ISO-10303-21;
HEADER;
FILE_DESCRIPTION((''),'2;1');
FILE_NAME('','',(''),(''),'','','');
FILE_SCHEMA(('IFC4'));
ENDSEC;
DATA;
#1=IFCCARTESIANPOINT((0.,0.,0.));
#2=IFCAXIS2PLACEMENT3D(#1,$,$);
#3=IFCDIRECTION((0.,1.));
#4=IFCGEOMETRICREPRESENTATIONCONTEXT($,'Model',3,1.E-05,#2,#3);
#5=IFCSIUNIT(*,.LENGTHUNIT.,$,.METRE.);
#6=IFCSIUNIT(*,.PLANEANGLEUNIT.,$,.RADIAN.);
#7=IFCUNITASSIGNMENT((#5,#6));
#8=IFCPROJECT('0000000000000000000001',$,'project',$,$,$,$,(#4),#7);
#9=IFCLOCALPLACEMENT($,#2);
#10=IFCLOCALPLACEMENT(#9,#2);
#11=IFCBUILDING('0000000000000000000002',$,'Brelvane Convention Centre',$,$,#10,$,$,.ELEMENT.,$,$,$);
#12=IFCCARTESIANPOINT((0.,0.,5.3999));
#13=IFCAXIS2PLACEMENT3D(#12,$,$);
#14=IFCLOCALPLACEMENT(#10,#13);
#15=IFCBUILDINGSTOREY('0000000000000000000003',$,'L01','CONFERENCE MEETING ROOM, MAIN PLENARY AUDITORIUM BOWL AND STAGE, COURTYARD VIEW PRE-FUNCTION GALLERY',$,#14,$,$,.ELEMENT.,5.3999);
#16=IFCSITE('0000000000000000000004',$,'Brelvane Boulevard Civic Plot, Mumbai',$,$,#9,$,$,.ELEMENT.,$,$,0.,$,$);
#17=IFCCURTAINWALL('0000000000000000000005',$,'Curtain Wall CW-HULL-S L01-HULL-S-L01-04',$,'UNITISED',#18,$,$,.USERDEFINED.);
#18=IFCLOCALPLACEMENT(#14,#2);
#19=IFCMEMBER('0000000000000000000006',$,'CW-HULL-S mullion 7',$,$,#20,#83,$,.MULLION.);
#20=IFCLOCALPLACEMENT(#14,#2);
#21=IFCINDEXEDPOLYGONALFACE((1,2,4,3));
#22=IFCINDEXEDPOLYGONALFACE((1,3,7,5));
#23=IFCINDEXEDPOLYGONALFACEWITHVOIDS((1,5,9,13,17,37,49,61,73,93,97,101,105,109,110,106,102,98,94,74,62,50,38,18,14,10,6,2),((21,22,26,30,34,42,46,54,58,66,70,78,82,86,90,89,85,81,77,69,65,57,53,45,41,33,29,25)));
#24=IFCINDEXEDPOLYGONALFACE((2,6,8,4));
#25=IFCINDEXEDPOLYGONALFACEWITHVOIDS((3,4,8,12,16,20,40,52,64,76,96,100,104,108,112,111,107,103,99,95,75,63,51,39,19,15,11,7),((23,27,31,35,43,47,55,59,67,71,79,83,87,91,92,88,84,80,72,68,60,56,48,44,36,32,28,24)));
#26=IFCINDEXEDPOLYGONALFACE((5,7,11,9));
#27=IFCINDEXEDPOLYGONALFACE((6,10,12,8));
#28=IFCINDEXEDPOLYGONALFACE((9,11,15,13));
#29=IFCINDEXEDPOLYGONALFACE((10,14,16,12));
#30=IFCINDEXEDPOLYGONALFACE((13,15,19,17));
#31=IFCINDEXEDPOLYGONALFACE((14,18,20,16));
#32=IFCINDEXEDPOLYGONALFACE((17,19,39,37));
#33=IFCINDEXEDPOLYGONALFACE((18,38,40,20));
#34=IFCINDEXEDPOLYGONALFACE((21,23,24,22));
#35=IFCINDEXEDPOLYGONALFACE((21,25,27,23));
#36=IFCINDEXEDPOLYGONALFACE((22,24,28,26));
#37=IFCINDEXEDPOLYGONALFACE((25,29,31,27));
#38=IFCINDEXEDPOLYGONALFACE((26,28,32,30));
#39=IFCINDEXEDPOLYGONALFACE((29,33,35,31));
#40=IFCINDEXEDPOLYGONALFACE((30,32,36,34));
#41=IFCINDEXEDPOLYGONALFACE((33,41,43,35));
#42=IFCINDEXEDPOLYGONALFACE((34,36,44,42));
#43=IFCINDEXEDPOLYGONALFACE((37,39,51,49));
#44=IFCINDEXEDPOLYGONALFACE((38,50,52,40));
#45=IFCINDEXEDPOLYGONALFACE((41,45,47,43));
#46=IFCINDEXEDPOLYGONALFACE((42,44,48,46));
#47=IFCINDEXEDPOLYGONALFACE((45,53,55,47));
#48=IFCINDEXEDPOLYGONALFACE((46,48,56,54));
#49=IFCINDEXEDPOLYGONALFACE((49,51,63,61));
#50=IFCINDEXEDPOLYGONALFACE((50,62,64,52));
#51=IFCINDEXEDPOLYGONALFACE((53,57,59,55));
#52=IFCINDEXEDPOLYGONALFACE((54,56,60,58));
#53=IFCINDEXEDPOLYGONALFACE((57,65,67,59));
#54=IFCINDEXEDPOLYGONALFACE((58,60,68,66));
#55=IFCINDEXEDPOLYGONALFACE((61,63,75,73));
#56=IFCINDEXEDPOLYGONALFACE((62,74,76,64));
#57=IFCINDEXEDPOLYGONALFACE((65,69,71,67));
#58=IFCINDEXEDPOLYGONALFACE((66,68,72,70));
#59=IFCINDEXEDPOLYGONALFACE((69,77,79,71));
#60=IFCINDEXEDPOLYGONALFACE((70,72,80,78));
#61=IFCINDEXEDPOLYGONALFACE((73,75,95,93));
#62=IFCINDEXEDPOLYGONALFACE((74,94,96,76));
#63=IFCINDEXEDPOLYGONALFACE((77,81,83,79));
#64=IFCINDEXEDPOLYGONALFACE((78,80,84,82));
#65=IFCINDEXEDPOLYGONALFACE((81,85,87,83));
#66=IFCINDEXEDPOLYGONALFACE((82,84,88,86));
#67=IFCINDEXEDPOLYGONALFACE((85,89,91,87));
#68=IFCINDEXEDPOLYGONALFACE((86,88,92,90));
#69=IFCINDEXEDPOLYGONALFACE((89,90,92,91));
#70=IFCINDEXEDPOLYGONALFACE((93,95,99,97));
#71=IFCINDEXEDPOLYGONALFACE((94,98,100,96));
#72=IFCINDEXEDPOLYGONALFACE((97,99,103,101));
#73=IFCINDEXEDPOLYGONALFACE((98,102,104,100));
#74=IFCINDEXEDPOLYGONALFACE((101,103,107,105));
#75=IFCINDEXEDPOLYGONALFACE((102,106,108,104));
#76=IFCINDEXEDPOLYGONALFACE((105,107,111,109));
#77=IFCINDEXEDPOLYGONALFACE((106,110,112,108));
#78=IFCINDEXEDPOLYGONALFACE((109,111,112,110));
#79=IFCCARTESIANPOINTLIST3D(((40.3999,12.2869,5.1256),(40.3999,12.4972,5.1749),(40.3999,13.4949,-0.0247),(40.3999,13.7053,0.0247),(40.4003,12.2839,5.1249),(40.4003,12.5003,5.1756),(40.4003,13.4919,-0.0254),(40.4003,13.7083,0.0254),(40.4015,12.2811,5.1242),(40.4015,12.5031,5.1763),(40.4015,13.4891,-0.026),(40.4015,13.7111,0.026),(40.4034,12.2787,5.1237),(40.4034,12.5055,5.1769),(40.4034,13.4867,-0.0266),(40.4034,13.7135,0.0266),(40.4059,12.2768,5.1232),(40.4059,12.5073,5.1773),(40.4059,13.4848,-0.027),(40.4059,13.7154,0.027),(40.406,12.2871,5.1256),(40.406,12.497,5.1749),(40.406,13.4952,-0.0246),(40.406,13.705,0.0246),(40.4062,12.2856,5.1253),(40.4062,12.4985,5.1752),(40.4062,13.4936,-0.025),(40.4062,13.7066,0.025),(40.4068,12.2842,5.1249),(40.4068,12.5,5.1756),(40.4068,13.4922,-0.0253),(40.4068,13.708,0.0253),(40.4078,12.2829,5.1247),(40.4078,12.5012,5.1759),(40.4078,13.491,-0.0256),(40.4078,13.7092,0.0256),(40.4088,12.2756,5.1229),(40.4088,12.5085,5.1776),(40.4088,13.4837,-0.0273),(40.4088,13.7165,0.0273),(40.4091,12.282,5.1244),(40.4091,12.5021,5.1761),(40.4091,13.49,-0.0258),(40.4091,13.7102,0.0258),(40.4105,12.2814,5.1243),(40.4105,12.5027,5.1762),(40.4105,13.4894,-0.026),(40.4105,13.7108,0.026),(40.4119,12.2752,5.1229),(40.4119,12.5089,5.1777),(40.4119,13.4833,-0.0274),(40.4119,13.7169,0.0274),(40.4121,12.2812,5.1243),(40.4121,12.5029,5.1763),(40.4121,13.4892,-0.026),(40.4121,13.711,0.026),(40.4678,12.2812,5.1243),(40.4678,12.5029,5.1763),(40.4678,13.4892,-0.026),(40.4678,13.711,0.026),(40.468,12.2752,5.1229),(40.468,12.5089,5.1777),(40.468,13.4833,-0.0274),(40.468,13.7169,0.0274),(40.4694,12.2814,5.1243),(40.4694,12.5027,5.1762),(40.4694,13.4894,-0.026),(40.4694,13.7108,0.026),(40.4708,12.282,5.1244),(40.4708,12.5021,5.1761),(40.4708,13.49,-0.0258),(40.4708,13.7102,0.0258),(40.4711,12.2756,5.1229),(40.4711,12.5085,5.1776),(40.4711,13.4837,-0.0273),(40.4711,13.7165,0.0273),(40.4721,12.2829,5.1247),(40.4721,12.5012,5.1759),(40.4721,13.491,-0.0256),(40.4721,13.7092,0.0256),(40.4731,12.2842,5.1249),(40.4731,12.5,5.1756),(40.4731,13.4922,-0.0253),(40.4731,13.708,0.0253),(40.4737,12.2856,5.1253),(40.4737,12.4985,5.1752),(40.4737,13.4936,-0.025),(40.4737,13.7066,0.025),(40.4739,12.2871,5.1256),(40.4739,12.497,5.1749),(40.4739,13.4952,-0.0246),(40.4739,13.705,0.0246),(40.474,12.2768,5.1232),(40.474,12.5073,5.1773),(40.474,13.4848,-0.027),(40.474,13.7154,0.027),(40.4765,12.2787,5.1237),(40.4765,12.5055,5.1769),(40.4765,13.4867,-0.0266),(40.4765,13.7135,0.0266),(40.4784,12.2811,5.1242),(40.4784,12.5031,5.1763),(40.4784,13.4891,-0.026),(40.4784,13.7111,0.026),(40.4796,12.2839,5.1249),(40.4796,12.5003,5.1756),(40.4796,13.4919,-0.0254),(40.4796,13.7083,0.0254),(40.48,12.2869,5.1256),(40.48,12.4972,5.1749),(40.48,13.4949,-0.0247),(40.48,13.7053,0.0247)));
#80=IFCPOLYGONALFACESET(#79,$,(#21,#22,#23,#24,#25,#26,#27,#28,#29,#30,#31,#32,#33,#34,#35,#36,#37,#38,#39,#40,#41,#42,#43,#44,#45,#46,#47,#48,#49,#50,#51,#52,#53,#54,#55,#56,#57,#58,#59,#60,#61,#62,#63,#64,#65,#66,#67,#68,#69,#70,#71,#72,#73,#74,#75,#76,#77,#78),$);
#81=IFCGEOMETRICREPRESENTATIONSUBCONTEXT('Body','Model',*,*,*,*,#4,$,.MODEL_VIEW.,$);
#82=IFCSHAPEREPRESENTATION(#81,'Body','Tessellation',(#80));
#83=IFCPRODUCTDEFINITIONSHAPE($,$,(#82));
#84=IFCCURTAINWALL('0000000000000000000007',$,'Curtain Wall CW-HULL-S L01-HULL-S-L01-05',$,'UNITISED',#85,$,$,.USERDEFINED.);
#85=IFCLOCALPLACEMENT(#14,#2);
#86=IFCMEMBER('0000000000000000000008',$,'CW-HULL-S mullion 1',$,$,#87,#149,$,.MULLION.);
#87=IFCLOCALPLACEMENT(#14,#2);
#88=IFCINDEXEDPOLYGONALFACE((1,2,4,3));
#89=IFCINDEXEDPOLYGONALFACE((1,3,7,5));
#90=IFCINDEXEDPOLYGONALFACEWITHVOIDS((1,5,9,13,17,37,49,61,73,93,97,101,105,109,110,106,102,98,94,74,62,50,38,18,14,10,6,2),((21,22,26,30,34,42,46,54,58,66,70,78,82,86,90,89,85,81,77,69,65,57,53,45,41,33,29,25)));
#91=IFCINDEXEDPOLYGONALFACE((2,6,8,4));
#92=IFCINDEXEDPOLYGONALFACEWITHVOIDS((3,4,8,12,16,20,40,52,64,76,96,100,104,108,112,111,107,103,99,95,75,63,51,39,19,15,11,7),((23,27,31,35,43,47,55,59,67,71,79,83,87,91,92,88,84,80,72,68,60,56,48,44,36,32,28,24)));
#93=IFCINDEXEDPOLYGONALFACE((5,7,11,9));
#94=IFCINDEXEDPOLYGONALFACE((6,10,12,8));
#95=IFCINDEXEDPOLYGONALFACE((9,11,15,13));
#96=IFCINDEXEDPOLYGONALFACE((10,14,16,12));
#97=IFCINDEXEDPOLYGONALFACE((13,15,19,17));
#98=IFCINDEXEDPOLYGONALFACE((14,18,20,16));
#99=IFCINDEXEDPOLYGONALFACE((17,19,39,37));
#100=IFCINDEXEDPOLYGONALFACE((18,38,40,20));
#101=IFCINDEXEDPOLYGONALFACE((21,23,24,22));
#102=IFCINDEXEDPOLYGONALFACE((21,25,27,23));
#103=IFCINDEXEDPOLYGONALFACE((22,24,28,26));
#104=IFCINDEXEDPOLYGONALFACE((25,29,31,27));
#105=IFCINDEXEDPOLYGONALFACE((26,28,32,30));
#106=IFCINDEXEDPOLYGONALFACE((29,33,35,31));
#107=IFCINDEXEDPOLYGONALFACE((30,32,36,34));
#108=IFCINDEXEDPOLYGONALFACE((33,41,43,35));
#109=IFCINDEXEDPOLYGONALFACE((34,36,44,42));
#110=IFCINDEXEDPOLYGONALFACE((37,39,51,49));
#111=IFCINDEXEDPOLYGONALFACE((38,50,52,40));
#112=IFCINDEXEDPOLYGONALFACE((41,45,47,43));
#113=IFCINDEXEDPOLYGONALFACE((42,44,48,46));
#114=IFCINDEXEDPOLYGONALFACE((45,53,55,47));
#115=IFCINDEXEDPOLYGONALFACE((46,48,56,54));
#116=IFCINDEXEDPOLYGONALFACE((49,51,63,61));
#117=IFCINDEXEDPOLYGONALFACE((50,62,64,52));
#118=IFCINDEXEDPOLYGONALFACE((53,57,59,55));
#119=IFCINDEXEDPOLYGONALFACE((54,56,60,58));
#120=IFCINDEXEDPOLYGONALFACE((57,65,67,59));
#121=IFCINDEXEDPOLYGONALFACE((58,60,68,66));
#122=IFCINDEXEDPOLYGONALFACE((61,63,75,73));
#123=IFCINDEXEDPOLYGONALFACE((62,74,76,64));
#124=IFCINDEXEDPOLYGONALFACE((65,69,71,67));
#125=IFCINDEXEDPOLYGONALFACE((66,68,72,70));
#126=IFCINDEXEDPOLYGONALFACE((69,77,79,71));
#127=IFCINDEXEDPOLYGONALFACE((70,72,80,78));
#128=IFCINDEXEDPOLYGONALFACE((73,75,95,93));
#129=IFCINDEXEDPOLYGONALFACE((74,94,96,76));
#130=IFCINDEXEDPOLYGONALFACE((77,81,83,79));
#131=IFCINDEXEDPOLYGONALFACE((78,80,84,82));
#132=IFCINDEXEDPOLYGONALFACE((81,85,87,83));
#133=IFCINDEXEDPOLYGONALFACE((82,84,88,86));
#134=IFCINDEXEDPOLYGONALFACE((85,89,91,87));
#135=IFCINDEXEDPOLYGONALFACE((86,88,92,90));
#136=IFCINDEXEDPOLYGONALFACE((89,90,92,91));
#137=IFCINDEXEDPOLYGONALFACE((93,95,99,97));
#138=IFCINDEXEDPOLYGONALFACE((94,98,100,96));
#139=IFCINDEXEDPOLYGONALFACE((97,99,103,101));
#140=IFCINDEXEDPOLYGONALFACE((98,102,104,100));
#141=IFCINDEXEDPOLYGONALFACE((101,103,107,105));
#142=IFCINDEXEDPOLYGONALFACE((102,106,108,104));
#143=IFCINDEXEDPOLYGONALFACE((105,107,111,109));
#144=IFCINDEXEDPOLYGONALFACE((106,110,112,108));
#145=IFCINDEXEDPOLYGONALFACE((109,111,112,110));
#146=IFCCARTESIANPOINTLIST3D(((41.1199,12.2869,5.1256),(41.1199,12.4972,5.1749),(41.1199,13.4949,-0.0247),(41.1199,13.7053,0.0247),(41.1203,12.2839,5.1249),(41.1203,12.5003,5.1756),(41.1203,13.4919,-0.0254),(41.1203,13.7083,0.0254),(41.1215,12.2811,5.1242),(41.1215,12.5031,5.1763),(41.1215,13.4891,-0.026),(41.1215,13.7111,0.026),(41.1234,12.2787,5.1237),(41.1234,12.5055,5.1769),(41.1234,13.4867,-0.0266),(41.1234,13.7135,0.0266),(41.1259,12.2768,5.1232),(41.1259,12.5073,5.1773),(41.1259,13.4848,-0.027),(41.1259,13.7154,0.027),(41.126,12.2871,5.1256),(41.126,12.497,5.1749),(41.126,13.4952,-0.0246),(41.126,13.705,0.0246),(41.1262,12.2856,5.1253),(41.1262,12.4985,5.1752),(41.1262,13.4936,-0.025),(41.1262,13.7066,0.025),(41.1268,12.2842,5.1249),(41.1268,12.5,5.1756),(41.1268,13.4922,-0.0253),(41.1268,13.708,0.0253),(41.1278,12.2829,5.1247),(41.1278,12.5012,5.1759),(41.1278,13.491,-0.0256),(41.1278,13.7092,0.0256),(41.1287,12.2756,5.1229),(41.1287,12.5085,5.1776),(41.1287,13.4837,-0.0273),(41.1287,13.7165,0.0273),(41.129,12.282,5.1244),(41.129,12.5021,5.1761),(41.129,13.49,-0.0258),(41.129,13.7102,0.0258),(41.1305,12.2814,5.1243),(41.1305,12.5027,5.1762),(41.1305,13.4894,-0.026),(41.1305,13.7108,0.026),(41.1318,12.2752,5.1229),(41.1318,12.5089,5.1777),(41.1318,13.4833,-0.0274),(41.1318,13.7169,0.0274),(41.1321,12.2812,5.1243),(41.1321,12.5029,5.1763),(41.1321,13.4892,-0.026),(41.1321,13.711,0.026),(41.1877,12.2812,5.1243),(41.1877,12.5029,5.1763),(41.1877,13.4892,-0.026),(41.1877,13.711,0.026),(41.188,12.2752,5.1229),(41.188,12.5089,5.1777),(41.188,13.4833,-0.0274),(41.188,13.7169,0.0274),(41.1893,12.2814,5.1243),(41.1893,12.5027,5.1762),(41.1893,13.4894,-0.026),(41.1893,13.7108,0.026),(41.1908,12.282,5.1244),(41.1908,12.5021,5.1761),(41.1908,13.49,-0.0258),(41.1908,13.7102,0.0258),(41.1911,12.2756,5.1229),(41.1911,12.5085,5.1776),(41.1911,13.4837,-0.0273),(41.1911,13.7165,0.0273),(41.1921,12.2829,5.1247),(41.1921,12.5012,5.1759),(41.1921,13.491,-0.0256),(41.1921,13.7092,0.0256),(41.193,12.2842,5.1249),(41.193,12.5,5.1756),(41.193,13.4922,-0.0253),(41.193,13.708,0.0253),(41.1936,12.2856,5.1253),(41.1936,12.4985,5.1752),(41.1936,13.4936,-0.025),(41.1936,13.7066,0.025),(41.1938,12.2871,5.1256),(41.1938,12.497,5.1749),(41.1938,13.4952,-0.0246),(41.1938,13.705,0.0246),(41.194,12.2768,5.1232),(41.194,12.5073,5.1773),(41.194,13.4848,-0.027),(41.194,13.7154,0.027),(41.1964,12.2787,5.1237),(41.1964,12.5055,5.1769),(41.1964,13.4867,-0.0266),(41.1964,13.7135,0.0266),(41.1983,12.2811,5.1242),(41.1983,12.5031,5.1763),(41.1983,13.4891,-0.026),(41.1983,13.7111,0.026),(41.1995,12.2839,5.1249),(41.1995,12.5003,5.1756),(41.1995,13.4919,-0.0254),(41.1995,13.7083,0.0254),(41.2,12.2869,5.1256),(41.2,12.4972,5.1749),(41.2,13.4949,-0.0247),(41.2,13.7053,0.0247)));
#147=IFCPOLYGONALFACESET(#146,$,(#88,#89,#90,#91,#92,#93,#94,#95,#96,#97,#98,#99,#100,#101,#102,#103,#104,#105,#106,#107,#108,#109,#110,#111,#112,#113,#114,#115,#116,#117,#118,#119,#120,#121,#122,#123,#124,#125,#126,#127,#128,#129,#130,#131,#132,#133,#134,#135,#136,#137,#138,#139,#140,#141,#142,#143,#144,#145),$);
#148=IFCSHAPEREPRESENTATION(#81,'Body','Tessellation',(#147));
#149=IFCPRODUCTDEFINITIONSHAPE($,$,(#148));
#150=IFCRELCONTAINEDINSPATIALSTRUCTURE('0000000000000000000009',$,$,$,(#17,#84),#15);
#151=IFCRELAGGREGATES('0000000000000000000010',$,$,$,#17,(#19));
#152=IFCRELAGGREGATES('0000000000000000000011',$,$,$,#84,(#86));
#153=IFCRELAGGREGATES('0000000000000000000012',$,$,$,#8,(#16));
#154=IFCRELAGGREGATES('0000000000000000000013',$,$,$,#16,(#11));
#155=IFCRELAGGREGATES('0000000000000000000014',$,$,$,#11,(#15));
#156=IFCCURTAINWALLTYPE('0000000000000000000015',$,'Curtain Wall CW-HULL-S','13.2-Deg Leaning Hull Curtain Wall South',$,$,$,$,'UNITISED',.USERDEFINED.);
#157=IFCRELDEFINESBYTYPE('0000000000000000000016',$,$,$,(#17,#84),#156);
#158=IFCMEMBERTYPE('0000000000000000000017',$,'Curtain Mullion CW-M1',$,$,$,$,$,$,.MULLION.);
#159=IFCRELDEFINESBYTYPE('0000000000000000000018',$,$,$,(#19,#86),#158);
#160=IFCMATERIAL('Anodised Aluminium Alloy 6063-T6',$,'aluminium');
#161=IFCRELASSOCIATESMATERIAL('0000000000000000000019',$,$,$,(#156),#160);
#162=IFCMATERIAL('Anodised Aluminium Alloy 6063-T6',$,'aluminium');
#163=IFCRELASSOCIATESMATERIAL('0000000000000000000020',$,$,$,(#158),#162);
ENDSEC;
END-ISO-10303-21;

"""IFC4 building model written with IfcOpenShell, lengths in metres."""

from ifc_helpers import new_model, si_unit, direction, frame, origin, origin_2d, place, context, subcontext, project, spatial, hollow_rectangle, extrude, material, material_profile, profile_set, type_object, element, aggregate, save


model = new_model("IFC4")

# Units and contexts
model_context = context("Model", 3, precision=1e-05, world=origin(), true_north=direction((0.0, 1.0)))
body_context = subcontext(model_context, "Body", "Model", "MODEL_VIEW")
ifc_project = project(units=[si_unit("LENGTHUNIT", "METRE"), si_unit("PLANEANGLEUNIT", "RADIAN")], contexts=[model_context])

# Site, building, storey
site_placement = place(None, origin())
site = spatial("IfcSite", under=ifc_project, at=site_placement, Name="Brelvane Boulevard Civic Plot, Mumbai", CompositionType="ELEMENT", RefElevation=0.0)
building_placement = place(site_placement, origin())
building = spatial("IfcBuilding", under=site, at=building_placement, Name="Brelvane Convention Centre", CompositionType="ELEMENT")
storey_placement = place(building_placement, frame((0.0, 0.0, 5.3999)))
storey = spatial("IfcBuildingStorey", under=building, at=storey_placement, Name="L01", Description="CONFERENCE MEETING ROOM, MAIN PLENARY AUDITORIUM BOWL AND STAGE, COURTYARD VIEW PRE-FUNCTION GALLERY", CompositionType="ELEMENT", Elevation=5.3999)

# Curtain walls, members
ifc_material_1 = material(Name="Anodised Aluminium Alloy 6063-T6", Category="aluminium")
curtain_wall_type = type_object("IfcCurtainWallType", Name="Curtain Wall CW-HULL-S", Description="13.2-Deg Leaning Hull Curtain Wall South", ElementType="UNITISED", PredefinedType="USERDEFINED", material=ifc_material_1)
curtain_wall_1_placement = place(storey_placement, origin())
curtain_wall_1 = element("IfcCurtainWall", 1, at=curtain_wall_1_placement, inside=storey, type_object=curtain_wall_type, Name="Curtain Wall CW-HULL-S L01-HULL-S-L01-04", ObjectType="UNITISED", PredefinedType="USERDEFINED")
ifc_material_2 = material(Name="Anodised Aluminium Alloy 6063-T6", Category="aluminium")
ifc_material_profile_1 = material_profile(ifc_material_2, hollow_rectangle(XDim=0.0801, YDim=0.24, WallThickness=0.0061, InnerFilletRadius=0.0061, OuterFilletRadius=0.012, at=origin_2d()), Name="ALU-M 240x80x6.0")
ifc_profile_set_1 = profile_set([ifc_material_profile_1], Name="Anodised Aluminium Alloy 6063-T6")
member_type_1 = type_object("IfcMemberType", Name="Curtain Mullion CW-M1", PredefinedType="MULLION", material=ifc_profile_set_1)
member_1_placement = place(storey_placement, frame((40.4399, 13.6001, 0.0), z_axis=(0.0, -0.22836, 0.973577), x_axis=(1.0, 0.0, 0.0)))
member_1 = element("IfcMember", 2, at=member_1_placement, type_object=member_type_1, Name="CW-HULL-S mullion 7", PredefinedType="MULLION", context=body_context, shape_type="SweptSolid", body=[
    extrude(hollow_rectangle(XDim=0.0801, YDim=0.24, WallThickness=0.0061, InnerFilletRadius=0.0061, OuterFilletRadius=0.012, at=origin_2d()), origin(), (0.0, 0.0, 1.0), 5.29),
])
curtain_wall_2_placement = place(storey_placement, origin())
curtain_wall_2 = element("IfcCurtainWall", 3, at=curtain_wall_2_placement, inside=storey, type_object=curtain_wall_type, Name="Curtain Wall CW-HULL-S L01-HULL-S-L01-05", ObjectType="UNITISED", PredefinedType="USERDEFINED")
member_2_placement = place(storey_placement, frame((41.1599, 13.6001, 0.0), z_axis=(0.0, -0.22836, 0.973577), x_axis=(1.0, 0.0, 0.0)))
member_2 = element("IfcMember", 4, at=member_2_placement, type_object=member_type_1, Name="CW-HULL-S mullion 1", PredefinedType="MULLION", context=body_context, shape_type="SweptSolid", body=[
    extrude(hollow_rectangle(XDim=0.0801, YDim=0.24, WallThickness=0.0061, InnerFilletRadius=0.0061, OuterFilletRadius=0.012, at=origin_2d()), origin(), (0.0, 0.0, 1.0), 5.29),
])

aggregate(curtain_wall_1, [member_1])
aggregate(curtain_wall_2, [member_2])

save(model, "model.ifc")
